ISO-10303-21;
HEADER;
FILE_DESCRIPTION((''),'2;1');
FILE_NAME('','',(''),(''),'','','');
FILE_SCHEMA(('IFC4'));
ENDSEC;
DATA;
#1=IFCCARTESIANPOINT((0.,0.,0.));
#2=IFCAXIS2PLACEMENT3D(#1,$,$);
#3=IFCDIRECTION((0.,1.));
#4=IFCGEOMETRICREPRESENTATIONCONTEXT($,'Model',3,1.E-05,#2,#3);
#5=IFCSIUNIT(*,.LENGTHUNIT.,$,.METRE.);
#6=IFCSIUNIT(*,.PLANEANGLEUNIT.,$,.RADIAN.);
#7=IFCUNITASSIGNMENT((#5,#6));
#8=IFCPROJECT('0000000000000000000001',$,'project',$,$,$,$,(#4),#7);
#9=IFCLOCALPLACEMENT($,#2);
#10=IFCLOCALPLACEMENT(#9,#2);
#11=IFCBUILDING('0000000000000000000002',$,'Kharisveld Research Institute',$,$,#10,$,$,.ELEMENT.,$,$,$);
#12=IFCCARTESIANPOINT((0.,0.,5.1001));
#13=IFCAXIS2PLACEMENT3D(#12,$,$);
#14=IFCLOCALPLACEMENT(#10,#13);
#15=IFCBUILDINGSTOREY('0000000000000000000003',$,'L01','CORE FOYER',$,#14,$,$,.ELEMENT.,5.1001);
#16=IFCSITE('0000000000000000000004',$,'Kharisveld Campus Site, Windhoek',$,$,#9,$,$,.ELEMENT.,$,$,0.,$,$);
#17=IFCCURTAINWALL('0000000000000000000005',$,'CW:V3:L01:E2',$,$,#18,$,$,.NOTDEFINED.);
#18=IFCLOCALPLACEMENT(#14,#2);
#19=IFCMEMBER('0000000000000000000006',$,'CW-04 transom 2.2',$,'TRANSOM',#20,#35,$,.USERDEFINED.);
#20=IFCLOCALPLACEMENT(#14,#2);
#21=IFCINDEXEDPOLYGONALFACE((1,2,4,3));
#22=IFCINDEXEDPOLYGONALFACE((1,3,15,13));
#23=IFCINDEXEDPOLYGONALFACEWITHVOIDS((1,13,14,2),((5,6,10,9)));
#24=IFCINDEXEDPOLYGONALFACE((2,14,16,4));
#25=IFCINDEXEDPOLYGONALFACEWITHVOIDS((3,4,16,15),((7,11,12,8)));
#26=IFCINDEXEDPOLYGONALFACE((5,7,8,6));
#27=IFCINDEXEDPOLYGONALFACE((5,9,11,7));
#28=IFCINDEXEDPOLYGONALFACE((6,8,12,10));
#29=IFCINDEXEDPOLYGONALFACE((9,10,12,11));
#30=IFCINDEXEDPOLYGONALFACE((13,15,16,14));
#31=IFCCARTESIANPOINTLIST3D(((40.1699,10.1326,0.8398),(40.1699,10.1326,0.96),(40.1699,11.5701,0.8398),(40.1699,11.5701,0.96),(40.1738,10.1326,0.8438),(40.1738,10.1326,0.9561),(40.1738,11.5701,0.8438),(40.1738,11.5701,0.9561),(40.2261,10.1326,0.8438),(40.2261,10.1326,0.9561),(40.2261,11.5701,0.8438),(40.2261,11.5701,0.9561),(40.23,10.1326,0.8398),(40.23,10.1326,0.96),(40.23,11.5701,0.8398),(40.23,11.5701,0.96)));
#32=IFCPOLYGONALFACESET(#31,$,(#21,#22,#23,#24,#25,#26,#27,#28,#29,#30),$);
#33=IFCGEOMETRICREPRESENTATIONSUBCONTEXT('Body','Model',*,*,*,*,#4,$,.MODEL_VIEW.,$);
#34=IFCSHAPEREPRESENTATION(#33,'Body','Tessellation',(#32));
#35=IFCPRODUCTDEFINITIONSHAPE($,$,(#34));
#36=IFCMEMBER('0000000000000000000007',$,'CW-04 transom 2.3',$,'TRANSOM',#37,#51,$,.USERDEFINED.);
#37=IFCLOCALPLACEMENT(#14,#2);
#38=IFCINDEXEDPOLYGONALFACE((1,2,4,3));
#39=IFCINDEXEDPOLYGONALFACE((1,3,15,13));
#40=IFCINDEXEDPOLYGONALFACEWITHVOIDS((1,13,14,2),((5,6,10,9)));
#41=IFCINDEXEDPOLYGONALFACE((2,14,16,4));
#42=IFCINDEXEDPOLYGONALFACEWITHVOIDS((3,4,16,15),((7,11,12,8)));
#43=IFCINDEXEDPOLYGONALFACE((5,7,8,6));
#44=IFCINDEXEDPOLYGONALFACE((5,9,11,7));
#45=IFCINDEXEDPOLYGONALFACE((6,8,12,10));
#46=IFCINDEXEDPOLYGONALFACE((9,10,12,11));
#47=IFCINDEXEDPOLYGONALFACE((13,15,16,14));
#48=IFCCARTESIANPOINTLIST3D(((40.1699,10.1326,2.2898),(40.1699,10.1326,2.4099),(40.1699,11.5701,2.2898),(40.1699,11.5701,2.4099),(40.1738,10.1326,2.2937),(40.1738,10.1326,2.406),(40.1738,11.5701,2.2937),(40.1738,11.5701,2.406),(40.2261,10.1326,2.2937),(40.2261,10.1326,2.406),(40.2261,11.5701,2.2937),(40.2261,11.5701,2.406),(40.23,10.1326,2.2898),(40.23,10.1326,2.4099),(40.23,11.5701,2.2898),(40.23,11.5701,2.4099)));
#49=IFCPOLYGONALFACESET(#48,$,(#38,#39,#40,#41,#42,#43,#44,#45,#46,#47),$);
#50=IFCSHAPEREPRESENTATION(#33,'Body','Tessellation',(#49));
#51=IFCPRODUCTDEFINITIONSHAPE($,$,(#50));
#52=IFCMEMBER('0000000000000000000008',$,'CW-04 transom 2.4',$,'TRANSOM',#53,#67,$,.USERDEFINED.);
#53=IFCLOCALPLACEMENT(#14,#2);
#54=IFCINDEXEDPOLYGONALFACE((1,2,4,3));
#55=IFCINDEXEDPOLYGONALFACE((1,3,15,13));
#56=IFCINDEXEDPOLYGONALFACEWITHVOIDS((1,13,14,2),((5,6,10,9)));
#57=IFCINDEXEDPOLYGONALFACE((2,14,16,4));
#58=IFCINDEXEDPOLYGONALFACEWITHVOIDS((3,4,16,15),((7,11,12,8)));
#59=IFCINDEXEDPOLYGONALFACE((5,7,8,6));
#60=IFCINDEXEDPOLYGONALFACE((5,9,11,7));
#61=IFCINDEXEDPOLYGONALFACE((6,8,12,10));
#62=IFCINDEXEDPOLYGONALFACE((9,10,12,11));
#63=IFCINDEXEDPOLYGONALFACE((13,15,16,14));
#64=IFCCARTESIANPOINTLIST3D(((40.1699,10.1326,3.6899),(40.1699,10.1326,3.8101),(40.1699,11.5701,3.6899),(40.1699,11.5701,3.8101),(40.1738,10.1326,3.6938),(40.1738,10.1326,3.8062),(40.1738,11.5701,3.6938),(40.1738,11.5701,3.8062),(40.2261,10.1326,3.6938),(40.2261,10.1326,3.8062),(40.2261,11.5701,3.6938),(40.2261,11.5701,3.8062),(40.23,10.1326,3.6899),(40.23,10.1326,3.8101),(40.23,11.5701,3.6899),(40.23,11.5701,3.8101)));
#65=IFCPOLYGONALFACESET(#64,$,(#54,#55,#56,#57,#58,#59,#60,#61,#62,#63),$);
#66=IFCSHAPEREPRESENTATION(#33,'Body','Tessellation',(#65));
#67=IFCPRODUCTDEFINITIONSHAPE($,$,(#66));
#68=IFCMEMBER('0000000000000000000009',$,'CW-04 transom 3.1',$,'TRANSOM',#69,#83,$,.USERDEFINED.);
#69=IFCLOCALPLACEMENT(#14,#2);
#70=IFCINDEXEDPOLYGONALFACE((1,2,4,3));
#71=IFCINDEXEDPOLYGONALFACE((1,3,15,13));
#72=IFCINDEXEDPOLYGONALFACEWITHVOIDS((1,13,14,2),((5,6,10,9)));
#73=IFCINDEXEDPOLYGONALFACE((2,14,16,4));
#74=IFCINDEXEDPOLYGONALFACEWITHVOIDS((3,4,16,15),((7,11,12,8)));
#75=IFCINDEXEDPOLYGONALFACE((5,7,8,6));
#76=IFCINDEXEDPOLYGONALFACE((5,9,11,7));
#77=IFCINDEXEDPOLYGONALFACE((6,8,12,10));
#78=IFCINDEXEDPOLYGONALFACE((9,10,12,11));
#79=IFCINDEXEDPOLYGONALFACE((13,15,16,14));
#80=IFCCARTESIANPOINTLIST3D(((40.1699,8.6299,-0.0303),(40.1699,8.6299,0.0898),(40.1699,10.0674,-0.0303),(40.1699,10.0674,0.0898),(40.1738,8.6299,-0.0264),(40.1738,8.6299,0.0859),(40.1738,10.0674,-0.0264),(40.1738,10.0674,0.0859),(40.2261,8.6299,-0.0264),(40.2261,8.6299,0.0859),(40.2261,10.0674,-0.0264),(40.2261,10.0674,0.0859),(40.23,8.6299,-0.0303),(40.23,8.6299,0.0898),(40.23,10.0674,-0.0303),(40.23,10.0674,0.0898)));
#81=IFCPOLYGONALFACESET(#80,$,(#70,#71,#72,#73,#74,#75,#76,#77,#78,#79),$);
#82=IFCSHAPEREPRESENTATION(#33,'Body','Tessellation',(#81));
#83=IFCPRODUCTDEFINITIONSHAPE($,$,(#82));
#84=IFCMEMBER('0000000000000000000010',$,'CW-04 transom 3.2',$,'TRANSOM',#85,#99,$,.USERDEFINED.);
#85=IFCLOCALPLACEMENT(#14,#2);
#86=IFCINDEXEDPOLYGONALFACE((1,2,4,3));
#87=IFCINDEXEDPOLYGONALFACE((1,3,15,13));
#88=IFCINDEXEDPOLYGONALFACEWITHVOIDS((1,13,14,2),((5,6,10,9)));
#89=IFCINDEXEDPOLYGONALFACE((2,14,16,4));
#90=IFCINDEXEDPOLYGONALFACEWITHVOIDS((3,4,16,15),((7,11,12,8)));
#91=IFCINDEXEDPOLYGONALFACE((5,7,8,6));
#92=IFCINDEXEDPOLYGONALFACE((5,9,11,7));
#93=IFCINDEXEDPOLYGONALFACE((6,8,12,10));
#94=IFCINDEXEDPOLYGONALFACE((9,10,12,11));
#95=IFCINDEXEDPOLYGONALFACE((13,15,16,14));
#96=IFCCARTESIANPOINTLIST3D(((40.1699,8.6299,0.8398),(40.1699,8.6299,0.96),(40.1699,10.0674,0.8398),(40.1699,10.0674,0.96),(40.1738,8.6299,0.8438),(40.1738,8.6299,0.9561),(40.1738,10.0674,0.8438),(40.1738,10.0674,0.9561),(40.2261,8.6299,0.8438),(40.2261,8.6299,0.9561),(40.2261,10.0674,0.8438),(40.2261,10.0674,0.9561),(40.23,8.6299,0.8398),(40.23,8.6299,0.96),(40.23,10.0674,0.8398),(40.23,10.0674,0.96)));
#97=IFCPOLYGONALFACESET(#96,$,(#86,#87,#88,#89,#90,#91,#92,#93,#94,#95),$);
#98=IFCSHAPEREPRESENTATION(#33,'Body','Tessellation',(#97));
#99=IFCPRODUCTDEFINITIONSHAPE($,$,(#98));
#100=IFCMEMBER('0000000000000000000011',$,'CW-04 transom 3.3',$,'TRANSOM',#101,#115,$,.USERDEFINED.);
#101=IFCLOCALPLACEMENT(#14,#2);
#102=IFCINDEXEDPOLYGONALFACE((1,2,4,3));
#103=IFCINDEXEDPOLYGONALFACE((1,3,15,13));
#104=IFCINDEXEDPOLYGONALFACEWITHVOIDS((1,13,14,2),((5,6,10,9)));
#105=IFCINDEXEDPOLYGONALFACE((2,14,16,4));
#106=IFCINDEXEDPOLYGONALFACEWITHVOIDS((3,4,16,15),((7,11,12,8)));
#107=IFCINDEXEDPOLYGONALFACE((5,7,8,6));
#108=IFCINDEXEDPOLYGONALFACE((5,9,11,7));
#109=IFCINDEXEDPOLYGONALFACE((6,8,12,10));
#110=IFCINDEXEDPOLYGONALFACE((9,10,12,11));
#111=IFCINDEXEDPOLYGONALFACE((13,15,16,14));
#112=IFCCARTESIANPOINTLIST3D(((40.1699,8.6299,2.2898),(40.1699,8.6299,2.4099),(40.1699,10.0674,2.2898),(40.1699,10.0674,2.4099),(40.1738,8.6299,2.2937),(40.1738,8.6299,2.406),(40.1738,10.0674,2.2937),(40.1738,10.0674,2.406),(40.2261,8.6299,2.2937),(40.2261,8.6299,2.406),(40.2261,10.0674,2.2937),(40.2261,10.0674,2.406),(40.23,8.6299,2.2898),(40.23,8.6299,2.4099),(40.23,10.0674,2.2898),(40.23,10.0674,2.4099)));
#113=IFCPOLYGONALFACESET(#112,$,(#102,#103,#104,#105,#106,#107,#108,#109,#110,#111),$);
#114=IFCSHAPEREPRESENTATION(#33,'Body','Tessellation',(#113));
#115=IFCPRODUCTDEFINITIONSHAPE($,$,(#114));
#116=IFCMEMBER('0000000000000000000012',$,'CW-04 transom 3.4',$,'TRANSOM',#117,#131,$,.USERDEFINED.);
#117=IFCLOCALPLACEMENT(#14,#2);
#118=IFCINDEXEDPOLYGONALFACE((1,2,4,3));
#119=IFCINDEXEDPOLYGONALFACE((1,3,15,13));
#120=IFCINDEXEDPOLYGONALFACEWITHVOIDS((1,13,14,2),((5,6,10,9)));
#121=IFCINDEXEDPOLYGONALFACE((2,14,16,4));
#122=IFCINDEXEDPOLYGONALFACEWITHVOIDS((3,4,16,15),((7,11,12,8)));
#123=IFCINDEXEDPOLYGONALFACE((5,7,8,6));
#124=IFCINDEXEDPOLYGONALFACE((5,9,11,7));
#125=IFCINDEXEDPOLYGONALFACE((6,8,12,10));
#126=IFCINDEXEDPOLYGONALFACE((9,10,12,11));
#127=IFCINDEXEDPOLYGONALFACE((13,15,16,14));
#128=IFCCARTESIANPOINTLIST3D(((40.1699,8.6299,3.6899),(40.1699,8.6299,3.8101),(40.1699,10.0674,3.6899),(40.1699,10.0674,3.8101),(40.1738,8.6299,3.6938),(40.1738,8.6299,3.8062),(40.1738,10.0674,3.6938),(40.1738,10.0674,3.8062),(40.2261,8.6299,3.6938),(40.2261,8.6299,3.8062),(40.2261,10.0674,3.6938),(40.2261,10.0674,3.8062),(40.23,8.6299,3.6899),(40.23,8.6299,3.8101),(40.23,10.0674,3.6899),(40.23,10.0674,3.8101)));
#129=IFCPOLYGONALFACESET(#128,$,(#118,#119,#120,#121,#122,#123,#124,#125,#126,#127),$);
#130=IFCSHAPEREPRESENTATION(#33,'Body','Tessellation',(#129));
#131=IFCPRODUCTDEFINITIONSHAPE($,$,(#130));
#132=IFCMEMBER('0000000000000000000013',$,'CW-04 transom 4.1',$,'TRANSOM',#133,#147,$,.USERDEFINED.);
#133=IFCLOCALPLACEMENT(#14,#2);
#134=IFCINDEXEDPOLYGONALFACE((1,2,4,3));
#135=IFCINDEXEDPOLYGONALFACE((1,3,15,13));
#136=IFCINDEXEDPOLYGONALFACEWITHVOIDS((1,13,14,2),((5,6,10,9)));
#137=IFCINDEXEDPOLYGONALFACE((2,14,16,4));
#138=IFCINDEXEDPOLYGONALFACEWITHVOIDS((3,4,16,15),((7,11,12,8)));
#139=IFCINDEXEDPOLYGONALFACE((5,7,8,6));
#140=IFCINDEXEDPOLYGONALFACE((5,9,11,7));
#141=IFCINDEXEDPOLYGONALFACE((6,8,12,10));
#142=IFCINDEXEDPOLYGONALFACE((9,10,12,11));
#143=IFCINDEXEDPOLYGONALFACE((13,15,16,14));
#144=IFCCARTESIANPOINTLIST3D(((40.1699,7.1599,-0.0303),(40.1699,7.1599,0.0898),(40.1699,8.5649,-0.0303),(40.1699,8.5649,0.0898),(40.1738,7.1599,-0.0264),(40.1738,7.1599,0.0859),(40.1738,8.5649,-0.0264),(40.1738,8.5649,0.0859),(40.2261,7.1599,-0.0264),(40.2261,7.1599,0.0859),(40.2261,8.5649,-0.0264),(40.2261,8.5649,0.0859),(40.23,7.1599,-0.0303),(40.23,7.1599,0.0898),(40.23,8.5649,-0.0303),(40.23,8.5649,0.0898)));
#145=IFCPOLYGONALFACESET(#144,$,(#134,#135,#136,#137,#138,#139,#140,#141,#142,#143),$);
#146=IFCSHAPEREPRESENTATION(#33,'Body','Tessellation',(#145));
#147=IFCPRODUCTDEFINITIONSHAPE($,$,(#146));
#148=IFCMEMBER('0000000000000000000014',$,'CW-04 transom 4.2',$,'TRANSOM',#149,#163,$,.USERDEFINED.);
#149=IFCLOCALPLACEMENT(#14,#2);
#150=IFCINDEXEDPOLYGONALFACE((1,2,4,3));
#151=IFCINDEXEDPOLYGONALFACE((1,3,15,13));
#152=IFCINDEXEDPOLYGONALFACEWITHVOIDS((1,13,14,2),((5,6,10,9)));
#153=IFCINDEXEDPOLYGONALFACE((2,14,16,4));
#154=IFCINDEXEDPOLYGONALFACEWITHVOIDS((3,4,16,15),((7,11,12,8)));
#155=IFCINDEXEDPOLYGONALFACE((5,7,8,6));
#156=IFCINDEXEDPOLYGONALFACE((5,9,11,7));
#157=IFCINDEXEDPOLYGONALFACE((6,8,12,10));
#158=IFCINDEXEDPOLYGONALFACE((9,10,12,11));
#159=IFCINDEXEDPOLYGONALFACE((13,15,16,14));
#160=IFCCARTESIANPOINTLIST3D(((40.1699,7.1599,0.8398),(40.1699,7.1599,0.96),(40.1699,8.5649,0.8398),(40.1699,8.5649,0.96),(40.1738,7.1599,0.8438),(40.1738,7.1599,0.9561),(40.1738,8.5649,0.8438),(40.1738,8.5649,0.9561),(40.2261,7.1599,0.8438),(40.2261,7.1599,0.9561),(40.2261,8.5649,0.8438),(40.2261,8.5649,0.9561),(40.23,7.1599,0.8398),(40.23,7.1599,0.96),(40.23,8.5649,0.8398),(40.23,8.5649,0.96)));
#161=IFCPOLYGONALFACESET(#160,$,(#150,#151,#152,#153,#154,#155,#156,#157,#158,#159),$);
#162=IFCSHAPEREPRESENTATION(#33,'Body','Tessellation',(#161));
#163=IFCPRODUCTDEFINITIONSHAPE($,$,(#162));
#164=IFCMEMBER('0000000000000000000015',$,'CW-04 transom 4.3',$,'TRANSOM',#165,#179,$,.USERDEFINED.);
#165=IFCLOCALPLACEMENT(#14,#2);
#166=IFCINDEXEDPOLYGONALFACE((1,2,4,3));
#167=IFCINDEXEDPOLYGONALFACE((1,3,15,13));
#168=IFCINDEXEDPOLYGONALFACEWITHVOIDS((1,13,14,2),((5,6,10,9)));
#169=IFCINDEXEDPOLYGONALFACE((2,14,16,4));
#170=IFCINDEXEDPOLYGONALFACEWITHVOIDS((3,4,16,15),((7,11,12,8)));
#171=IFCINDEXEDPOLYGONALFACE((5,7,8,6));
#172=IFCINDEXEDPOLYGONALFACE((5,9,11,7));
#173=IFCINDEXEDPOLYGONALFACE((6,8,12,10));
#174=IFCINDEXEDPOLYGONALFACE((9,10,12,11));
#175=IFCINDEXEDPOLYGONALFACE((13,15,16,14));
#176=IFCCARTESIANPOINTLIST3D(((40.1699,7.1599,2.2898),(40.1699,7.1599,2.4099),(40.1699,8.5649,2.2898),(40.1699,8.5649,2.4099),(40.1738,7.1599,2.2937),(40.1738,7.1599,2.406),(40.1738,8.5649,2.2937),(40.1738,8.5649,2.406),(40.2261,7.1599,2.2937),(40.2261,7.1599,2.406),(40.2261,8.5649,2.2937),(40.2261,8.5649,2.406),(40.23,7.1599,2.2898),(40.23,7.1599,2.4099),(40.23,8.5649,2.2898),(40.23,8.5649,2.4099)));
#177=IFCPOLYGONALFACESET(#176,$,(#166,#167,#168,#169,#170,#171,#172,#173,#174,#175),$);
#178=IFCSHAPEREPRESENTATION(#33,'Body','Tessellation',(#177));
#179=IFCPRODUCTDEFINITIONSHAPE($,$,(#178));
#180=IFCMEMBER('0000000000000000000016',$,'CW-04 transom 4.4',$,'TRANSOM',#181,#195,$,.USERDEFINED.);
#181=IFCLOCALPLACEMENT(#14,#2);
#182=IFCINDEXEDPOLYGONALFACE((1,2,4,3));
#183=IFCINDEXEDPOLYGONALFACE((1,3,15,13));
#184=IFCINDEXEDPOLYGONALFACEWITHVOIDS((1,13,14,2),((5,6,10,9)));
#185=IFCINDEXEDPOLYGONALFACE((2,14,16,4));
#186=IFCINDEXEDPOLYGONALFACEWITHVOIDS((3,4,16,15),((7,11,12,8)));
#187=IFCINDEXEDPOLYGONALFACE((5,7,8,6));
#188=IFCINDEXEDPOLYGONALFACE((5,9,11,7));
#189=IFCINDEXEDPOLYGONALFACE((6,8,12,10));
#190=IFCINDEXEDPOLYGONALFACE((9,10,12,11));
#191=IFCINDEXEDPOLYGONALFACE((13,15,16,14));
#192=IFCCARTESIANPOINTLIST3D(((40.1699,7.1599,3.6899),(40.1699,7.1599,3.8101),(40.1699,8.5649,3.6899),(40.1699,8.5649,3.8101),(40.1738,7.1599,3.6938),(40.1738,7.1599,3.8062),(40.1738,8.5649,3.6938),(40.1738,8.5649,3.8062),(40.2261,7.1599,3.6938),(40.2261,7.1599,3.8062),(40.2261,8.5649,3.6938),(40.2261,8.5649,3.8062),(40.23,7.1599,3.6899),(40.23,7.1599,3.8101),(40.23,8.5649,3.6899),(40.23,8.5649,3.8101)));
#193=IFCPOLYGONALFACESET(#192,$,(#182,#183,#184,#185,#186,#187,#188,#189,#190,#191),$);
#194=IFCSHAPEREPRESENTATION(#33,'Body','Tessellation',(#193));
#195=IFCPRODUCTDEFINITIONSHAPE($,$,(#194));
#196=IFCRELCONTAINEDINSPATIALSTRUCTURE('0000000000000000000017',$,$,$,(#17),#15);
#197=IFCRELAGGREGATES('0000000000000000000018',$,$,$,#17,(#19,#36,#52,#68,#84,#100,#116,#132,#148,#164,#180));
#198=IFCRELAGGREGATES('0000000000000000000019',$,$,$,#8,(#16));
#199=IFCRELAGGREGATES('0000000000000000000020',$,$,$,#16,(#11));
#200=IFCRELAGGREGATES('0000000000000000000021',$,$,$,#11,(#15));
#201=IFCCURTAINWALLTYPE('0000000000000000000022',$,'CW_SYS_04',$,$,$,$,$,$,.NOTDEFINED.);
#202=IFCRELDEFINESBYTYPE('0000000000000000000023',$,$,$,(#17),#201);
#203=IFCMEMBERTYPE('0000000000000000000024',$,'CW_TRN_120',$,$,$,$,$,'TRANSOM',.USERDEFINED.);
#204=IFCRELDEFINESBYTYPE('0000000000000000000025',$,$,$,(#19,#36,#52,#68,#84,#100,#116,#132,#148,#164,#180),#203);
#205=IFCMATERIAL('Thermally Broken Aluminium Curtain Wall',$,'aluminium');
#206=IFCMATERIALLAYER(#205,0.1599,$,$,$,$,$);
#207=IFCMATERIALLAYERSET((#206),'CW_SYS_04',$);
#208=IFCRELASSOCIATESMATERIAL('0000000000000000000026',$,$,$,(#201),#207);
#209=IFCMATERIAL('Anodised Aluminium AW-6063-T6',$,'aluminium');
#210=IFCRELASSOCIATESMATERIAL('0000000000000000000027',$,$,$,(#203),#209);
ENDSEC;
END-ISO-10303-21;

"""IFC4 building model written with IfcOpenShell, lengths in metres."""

from ifc_helpers import new_model, si_unit, direction, frame, origin, origin_2d, place, context, subcontext, project, spatial, hollow_rectangle, extrude, material, layer, layer_set, material_profile, profile_set, type_object, element, aggregate, save


model = new_model("IFC4")

# Units and contexts
model_context = context("Model", 3, precision=1e-05, world=origin(), true_north=direction((0.0, 1.0)))
body_context = subcontext(model_context, "Body", "Model", "MODEL_VIEW")
ifc_project = project(units=[si_unit("LENGTHUNIT", "METRE"), si_unit("PLANEANGLEUNIT", "RADIAN")], contexts=[model_context])

# Site, building, storey
site_placement = place(None, origin())
site = spatial("IfcSite", under=ifc_project, at=site_placement, Name="Kharisveld Campus Site, Windhoek", CompositionType="ELEMENT", RefElevation=0.0)
building_placement = place(site_placement, origin())
building = spatial("IfcBuilding", under=site, at=building_placement, Name="Kharisveld Research Institute", CompositionType="ELEMENT")
storey_placement = place(building_placement, frame((0.0, 0.0, 5.1001)))
storey = spatial("IfcBuildingStorey", under=building, at=storey_placement, Name="L01", Description="CORE FOYER", CompositionType="ELEMENT", Elevation=5.1001)

# Curtain wall, members
ifc_material_1 = material(Name="Thermally Broken Aluminium Curtain Wall", Category="aluminium")
ifc_layer_1 = layer(ifc_material_1, 0.1599)
ifc_layer_set_1 = layer_set([ifc_layer_1], Name="CW_SYS_04")
curtain_wall_type = type_object("IfcCurtainWallType", Name="CW_SYS_04", PredefinedType="NOTDEFINED", material=ifc_layer_set_1)
curtain_wall_placement = place(storey_placement, origin())
curtain_wall = element("IfcCurtainWall", 1, at=curtain_wall_placement, inside=storey, type_object=curtain_wall_type, Name="CW:V3:L01:E2", PredefinedType="NOTDEFINED")
ifc_material_2 = material(Name="Anodised Aluminium AW-6063-T6", Category="aluminium")
ifc_material_profile_1 = material_profile(ifc_material_2, hollow_rectangle(XDim=0.0601, YDim=0.1201, WallThickness=0.0039, at=origin_2d()))
ifc_profile_set_1 = profile_set([ifc_material_profile_1], Name="Anodised Aluminium AW-6063-T6")
member_type_1 = type_object("IfcMemberType", Name="CW_TRN_120", ElementType="TRANSOM", PredefinedType="USERDEFINED", material=ifc_profile_set_1)
member_1_placement = place(storey_placement, frame((40.2, 11.5701, 0.8999), z_axis=(0.0, -1.0, 0.0), x_axis=(1.0, 0.0, 0.0)))
member_1 = element("IfcMember", 2, at=member_1_placement, type_object=member_type_1, Name="CW-04 transom 2.2", ObjectType="TRANSOM", PredefinedType="USERDEFINED", context=body_context, shape_type="SweptSolid", body=[
    extrude(hollow_rectangle(XDim=0.0601, YDim=0.1201, WallThickness=0.0039, at=origin_2d()), origin(), (0.0, 0.0, 1.0), 1.4375),
])
member_2_placement = place(storey_placement, frame((40.2, 11.5701, 2.3499), z_axis=(0.0, -1.0, 0.0), x_axis=(1.0, 0.0, 0.0)))
member_2 = element("IfcMember", 3, at=member_2_placement, type_object=member_type_1, Name="CW-04 transom 2.3", ObjectType="TRANSOM", PredefinedType="USERDEFINED", context=body_context, shape_type="SweptSolid", body=[
    extrude(hollow_rectangle(XDim=0.0601, YDim=0.1201, WallThickness=0.0039, at=origin_2d()), origin(), (0.0, 0.0, 1.0), 1.4375),
])
member_3_placement = place(storey_placement, frame((40.2, 11.5701, 3.75), z_axis=(0.0, -1.0, 0.0), x_axis=(1.0, 0.0, 0.0)))
member_3 = element("IfcMember", 4, at=member_3_placement, type_object=member_type_1, Name="CW-04 transom 2.4", ObjectType="TRANSOM", PredefinedType="USERDEFINED", context=body_context, shape_type="SweptSolid", body=[
    extrude(hollow_rectangle(XDim=0.0601, YDim=0.1201, WallThickness=0.0039, at=origin_2d()), origin(), (0.0, 0.0, 1.0), 1.4375),
])
member_4_placement = place(storey_placement, frame((40.2, 10.0674, 0.0298), z_axis=(0.0, -1.0, 0.0), x_axis=(1.0, 0.0, 0.0)))
member_4 = element("IfcMember", 5, at=member_4_placement, type_object=member_type_1, Name="CW-04 transom 3.1", ObjectType="TRANSOM", PredefinedType="USERDEFINED", context=body_context, shape_type="SweptSolid", body=[
    extrude(hollow_rectangle(XDim=0.0601, YDim=0.1201, WallThickness=0.0039, at=origin_2d()), origin(), (0.0, 0.0, 1.0), 1.4375),
])
member_5_placement = place(storey_placement, frame((40.2, 10.0674, 0.8999), z_axis=(0.0, -1.0, 0.0), x_axis=(1.0, 0.0, 0.0)))
member_5 = element("IfcMember", 6, at=member_5_placement, type_object=member_type_1, Name="CW-04 transom 3.2", ObjectType="TRANSOM", PredefinedType="USERDEFINED", context=body_context, shape_type="SweptSolid", body=[
    extrude(hollow_rectangle(XDim=0.0601, YDim=0.1201, WallThickness=0.0039, at=origin_2d()), origin(), (0.0, 0.0, 1.0), 1.4375),
])
member_6_placement = place(storey_placement, frame((40.2, 10.0674, 2.3499), z_axis=(0.0, -1.0, 0.0), x_axis=(1.0, 0.0, 0.0)))
member_6 = element("IfcMember", 7, at=member_6_placement, type_object=member_type_1, Name="CW-04 transom 3.3", ObjectType="TRANSOM", PredefinedType="USERDEFINED", context=body_context, shape_type="SweptSolid", body=[
    extrude(hollow_rectangle(XDim=0.0601, YDim=0.1201, WallThickness=0.0039, at=origin_2d()), origin(), (0.0, 0.0, 1.0), 1.4375),
])
member_7_placement = place(storey_placement, frame((40.2, 10.0674, 3.75), z_axis=(0.0, -1.0, 0.0), x_axis=(1.0, 0.0, 0.0)))
member_7 = element("IfcMember", 8, at=member_7_placement, type_object=member_type_1, Name="CW-04 transom 3.4", ObjectType="TRANSOM", PredefinedType="USERDEFINED", context=body_context, shape_type="SweptSolid", body=[
    extrude(hollow_rectangle(XDim=0.0601, YDim=0.1201, WallThickness=0.0039, at=origin_2d()), origin(), (0.0, 0.0, 1.0), 1.4375),
])
member_8_placement = place(storey_placement, frame((40.2, 8.5649, 0.0298), z_axis=(0.0, -1.0, 0.0), x_axis=(1.0, 0.0, 0.0)))
member_8 = element("IfcMember", 9, at=member_8_placement, type_object=member_type_1, Name="CW-04 transom 4.1", ObjectType="TRANSOM", PredefinedType="USERDEFINED", context=body_context, shape_type="SweptSolid", body=[
    extrude(hollow_rectangle(XDim=0.0601, YDim=0.1201, WallThickness=0.0039, at=origin_2d()), origin(), (0.0, 0.0, 1.0), 1.405),
])
member_9_placement = place(storey_placement, frame((40.2, 8.5649, 0.8999), z_axis=(0.0, -1.0, 0.0), x_axis=(1.0, 0.0, 0.0)))
member_9 = element("IfcMember", 10, at=member_9_placement, type_object=member_type_1, Name="CW-04 transom 4.2", ObjectType="TRANSOM", PredefinedType="USERDEFINED", context=body_context, shape_type="SweptSolid", body=[
    extrude(hollow_rectangle(XDim=0.0601, YDim=0.1201, WallThickness=0.0039, at=origin_2d()), origin(), (0.0, 0.0, 1.0), 1.405),
])
member_10_placement = place(storey_placement, frame((40.2, 8.5649, 2.3499), z_axis=(0.0, -1.0, 0.0), x_axis=(1.0, 0.0, 0.0)))
member_10 = element("IfcMember", 11, at=member_10_placement, type_object=member_type_1, Name="CW-04 transom 4.3", ObjectType="TRANSOM", PredefinedType="USERDEFINED", context=body_context, shape_type="SweptSolid", body=[
    extrude(hollow_rectangle(XDim=0.0601, YDim=0.1201, WallThickness=0.0039, at=origin_2d()), origin(), (0.0, 0.0, 1.0), 1.405),
])
member_11_placement = place(storey_placement, frame((40.2, 8.5649, 3.75), z_axis=(0.0, -1.0, 0.0), x_axis=(1.0, 0.0, 0.0)))
member_11 = element("IfcMember", 12, at=member_11_placement, type_object=member_type_1, Name="CW-04 transom 4.4", ObjectType="TRANSOM", PredefinedType="USERDEFINED", context=body_context, shape_type="SweptSolid", body=[
    extrude(hollow_rectangle(XDim=0.0601, YDim=0.1201, WallThickness=0.0039, at=origin_2d()), origin(), (0.0, 0.0, 1.0), 1.405),
])

aggregate(curtain_wall, [member_1, member_2, member_3, member_4, member_5, member_6, member_7, member_8, member_9, member_10, member_11])

save(model, "model.ifc")
